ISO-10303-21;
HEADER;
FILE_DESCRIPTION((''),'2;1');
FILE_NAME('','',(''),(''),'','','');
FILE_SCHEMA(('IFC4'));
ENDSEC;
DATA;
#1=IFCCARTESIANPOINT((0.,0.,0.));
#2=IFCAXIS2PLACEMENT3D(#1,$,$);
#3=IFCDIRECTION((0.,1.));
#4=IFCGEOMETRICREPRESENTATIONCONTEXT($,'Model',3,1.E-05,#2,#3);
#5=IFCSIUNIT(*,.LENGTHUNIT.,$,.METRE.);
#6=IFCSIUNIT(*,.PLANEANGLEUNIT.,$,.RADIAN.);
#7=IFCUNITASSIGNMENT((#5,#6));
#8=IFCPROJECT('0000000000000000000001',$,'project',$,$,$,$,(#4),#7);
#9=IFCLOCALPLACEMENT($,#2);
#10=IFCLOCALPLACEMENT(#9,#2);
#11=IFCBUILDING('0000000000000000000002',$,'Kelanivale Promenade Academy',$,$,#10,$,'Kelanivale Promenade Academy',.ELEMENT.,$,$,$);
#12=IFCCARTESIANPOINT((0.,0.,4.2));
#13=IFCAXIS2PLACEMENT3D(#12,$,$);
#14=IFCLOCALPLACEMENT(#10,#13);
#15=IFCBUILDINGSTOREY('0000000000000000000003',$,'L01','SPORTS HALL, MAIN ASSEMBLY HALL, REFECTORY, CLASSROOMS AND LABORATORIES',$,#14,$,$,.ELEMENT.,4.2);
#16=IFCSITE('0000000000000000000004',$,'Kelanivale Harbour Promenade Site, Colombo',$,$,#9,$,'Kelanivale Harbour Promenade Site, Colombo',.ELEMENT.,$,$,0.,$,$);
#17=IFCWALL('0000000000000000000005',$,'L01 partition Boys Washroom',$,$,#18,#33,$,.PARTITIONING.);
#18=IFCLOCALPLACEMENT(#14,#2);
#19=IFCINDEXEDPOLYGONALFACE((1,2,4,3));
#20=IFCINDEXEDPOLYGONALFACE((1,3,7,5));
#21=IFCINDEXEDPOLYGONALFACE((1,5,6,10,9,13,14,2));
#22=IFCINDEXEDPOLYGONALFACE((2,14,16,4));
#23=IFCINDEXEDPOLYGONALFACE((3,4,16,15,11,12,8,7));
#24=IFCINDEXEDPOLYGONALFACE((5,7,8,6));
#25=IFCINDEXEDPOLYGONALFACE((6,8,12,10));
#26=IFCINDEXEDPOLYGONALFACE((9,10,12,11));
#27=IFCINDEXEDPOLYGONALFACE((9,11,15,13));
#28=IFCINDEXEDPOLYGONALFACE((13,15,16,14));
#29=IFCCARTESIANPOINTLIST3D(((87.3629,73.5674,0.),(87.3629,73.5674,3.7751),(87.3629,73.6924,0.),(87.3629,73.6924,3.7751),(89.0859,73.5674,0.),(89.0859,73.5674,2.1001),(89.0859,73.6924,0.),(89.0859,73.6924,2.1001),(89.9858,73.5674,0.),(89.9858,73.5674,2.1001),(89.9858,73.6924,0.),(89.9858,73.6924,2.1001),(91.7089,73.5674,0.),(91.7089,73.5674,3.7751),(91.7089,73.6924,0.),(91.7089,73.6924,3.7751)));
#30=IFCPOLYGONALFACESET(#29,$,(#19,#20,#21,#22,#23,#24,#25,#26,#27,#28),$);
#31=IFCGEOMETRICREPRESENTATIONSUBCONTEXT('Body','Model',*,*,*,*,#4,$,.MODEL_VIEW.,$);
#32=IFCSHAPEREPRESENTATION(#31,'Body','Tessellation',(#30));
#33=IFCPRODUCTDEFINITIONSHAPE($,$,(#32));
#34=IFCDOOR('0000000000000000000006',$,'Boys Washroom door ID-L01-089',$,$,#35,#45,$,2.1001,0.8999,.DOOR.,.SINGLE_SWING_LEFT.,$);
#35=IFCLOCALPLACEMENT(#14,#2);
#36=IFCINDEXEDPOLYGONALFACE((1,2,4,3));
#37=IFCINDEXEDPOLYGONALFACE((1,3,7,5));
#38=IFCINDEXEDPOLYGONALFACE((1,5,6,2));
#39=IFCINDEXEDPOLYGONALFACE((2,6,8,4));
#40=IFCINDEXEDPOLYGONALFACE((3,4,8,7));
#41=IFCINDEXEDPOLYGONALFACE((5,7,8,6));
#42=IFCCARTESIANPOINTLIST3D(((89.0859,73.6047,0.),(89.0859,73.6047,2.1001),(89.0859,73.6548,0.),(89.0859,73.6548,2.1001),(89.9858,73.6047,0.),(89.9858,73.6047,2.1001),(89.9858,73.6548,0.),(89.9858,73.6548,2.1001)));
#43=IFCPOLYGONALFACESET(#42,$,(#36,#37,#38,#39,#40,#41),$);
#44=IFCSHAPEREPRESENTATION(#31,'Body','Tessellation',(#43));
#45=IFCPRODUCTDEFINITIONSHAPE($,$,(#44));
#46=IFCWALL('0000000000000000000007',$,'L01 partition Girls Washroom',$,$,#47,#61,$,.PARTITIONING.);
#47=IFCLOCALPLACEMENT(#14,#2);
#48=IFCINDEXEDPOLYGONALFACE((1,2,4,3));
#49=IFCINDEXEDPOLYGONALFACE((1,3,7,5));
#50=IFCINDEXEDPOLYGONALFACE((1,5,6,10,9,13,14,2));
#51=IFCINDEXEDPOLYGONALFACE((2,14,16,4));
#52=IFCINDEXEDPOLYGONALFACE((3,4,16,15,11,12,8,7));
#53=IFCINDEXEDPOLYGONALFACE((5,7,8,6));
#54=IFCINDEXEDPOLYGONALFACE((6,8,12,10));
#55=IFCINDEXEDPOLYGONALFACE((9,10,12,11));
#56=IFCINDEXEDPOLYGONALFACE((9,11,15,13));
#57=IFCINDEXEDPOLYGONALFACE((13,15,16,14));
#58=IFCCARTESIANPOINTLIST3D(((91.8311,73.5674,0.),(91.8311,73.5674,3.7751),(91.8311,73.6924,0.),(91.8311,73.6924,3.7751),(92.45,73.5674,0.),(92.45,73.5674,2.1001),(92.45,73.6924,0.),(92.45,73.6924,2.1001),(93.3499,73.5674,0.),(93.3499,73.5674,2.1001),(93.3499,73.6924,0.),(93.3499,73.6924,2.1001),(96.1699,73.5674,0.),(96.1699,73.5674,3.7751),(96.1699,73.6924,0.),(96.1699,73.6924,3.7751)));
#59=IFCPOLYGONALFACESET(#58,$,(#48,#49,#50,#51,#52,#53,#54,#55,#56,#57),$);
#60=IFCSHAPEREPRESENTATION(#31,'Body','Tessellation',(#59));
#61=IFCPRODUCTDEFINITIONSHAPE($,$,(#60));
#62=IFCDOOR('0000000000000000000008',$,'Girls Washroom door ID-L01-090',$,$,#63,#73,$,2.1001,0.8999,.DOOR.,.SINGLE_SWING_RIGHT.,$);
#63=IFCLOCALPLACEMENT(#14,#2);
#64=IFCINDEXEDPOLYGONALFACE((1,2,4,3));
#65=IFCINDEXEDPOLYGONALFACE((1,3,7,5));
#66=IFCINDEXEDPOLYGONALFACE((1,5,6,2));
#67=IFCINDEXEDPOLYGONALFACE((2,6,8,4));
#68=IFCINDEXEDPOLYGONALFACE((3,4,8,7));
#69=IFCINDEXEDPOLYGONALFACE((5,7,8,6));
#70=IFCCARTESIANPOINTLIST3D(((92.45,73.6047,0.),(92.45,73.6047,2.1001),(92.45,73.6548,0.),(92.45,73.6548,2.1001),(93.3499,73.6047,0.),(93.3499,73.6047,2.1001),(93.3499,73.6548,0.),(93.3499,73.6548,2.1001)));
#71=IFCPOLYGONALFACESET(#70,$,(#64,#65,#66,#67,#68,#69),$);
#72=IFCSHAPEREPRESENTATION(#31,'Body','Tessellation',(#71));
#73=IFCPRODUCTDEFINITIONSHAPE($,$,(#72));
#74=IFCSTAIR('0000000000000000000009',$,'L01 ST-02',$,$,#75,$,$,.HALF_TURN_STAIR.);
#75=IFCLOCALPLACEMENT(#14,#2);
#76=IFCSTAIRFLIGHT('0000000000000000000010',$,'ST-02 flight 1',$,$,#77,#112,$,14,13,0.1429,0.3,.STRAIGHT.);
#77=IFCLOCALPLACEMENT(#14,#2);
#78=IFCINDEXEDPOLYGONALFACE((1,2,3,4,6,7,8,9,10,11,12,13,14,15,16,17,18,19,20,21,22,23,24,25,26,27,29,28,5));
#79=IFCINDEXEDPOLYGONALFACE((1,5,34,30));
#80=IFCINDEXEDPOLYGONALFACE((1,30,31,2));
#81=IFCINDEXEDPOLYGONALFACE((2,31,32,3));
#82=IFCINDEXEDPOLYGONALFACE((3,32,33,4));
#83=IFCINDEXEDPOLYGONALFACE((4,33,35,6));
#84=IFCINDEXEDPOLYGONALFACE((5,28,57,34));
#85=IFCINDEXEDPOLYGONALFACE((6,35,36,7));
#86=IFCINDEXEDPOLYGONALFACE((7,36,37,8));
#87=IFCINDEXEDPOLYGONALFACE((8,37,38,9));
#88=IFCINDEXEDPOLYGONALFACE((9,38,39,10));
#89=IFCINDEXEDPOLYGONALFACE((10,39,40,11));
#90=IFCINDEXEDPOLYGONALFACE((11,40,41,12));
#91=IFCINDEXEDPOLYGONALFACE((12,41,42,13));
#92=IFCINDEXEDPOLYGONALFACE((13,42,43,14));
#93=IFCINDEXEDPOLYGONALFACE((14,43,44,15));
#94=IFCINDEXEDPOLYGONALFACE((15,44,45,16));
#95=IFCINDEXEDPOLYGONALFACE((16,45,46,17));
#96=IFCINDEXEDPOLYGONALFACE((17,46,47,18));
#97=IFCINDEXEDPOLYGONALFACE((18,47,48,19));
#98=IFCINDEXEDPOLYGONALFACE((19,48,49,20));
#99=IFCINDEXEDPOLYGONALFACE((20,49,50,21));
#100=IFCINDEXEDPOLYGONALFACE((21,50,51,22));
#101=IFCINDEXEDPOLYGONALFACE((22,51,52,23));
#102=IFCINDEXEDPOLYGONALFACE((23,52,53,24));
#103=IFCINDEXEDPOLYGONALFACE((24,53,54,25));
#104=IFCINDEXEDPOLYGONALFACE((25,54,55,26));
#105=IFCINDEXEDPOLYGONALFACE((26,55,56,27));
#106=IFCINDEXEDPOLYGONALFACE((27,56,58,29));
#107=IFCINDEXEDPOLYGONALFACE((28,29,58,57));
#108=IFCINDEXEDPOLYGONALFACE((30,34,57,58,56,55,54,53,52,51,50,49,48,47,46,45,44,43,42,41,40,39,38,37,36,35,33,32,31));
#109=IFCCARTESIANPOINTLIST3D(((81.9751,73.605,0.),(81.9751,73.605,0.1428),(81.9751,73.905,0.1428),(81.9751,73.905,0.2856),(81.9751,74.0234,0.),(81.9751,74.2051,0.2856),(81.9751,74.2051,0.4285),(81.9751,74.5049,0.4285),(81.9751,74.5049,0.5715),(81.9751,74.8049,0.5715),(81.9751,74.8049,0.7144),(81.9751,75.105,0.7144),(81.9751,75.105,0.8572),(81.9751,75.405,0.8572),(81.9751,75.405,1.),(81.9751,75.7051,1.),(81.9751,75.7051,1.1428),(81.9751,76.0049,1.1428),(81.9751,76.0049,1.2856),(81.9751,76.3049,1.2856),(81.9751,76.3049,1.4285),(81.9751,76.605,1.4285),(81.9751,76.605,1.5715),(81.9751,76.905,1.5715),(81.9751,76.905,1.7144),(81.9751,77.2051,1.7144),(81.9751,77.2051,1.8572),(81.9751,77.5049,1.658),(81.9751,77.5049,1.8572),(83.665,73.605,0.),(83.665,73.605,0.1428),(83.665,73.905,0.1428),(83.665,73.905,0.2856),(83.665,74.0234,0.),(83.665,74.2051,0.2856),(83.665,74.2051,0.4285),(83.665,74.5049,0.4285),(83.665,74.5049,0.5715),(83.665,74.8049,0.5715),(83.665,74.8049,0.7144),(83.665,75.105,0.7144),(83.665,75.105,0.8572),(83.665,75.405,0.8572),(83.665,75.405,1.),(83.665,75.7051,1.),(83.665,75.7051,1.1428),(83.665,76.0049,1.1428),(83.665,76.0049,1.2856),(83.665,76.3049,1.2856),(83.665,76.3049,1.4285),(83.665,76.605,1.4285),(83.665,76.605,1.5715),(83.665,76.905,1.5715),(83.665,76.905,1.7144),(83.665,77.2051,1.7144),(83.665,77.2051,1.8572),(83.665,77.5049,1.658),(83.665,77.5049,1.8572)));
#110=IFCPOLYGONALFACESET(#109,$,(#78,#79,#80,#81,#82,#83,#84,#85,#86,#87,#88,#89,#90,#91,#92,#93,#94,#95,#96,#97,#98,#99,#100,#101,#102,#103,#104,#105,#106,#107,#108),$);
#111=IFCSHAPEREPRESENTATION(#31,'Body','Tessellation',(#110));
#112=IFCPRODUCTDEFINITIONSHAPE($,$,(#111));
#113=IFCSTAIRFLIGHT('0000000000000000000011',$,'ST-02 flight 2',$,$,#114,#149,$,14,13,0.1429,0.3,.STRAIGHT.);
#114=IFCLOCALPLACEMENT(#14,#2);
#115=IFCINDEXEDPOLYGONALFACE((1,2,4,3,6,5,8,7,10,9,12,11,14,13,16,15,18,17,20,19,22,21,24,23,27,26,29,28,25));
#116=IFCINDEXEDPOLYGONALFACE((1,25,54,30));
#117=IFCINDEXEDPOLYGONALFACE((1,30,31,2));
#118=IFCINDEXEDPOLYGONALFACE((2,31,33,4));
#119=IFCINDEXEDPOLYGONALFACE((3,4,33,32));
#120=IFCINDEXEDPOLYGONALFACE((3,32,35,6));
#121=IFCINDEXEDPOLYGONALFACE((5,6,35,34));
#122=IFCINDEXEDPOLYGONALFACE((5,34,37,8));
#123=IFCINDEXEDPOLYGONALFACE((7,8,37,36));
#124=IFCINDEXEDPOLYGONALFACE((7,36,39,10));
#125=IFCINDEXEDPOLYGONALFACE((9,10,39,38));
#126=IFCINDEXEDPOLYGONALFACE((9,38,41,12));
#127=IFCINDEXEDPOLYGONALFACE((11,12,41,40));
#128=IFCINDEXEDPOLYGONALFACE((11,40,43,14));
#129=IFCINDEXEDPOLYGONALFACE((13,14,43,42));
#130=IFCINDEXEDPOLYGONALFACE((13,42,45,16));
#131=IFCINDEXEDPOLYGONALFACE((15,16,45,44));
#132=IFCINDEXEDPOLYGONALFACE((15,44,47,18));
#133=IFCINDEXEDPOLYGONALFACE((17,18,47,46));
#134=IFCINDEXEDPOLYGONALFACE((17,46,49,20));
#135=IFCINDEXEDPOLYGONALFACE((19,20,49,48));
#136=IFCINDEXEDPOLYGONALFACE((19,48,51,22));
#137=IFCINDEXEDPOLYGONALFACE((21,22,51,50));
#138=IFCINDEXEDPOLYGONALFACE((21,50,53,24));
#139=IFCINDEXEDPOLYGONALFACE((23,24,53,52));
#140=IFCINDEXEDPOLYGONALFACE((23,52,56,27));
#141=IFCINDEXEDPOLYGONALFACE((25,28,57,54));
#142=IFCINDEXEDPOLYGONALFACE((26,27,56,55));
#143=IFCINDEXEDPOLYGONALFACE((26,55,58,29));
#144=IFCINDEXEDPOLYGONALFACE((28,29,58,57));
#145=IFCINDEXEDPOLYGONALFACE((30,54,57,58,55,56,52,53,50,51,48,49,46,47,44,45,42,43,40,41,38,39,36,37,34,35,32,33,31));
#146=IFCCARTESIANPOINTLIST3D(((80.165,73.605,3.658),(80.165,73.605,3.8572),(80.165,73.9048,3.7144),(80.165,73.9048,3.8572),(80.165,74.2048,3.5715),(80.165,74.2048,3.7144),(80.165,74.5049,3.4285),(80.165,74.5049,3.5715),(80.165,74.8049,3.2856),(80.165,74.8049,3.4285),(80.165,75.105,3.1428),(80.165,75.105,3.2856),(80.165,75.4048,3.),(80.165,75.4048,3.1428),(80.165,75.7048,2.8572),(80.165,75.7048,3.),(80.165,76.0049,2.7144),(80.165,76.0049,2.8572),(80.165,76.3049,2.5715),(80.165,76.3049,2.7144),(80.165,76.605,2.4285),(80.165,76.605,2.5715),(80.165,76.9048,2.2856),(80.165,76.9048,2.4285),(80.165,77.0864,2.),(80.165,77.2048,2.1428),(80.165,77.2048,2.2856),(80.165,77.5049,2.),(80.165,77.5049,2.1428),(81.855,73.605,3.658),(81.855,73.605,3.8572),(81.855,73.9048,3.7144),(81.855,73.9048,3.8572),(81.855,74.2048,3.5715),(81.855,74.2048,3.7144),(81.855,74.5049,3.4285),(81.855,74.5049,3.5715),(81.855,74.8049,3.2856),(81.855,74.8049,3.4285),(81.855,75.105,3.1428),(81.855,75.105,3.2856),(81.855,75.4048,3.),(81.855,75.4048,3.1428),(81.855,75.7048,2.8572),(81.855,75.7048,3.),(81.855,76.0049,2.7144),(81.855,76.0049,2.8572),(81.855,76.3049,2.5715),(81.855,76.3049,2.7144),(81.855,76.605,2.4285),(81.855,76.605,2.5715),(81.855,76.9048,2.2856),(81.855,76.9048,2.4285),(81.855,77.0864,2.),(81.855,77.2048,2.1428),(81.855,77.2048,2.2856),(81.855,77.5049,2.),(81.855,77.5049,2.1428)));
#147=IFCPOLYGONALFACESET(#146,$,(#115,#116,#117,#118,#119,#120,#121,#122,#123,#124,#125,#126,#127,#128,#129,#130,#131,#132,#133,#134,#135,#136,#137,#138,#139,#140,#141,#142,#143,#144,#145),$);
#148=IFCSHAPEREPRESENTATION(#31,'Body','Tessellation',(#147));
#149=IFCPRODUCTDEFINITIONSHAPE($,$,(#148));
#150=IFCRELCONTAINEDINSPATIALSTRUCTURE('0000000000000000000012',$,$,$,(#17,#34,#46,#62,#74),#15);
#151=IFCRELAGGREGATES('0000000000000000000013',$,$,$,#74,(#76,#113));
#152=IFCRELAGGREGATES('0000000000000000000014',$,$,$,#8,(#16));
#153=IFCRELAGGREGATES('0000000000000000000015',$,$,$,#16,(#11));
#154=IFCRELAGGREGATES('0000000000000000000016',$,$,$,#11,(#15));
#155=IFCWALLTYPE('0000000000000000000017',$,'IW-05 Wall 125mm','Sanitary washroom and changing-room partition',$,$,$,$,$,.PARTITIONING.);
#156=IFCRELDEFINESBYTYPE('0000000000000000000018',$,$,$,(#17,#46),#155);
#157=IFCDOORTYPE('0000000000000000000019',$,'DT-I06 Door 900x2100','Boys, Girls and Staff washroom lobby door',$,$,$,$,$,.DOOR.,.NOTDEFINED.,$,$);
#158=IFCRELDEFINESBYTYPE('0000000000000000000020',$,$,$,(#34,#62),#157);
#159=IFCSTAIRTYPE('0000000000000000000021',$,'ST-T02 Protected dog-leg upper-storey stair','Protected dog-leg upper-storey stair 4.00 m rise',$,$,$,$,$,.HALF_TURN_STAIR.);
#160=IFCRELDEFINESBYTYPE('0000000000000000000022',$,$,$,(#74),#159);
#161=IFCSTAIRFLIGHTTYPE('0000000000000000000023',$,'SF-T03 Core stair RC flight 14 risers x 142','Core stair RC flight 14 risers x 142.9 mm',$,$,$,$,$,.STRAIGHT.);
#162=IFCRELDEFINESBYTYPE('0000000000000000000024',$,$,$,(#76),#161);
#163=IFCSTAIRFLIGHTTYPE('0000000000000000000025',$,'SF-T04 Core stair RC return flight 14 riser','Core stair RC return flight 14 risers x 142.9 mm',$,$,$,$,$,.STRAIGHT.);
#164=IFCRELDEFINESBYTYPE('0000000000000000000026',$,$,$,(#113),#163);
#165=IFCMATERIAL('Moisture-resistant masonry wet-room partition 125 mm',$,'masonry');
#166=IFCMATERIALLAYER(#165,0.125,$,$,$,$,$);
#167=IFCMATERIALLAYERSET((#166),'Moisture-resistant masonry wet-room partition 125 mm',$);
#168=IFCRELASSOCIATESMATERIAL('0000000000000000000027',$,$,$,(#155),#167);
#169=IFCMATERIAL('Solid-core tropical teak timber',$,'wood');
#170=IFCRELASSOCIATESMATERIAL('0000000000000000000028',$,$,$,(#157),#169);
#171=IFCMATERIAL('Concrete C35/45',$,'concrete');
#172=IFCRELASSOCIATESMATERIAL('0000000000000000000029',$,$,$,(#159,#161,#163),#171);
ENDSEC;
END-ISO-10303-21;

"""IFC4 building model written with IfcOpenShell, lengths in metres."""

from ifc_helpers import new_model, si_unit, direction, frame, frame_2d, origin, place, context, subcontext, project, spatial, polyline, rectangle, outline, extrude, material, layer, layer_set, type_object, element, fill, aggregate, save


model = new_model("IFC4")

# Units and contexts
model_context = context("Model", 3, precision=1e-05, world=origin(), true_north=direction((0.0, 1.0)))
body_context = subcontext(model_context, "Body", "Model", "MODEL_VIEW")
ifc_project = project(units=[si_unit("LENGTHUNIT", "METRE"), si_unit("PLANEANGLEUNIT", "RADIAN")], contexts=[model_context])

# Site, building, storey
site_placement = place(None, origin())
site = spatial("IfcSite", under=ifc_project, at=site_placement, Name="Kelanivale Harbour Promenade Site, Colombo", LongName="Kelanivale Harbour Promenade Site, Colombo", CompositionType="ELEMENT", RefElevation=0.0)
building_placement = place(site_placement, origin())
building = spatial("IfcBuilding", under=site, at=building_placement, Name="Kelanivale Promenade Academy", LongName="Kelanivale Promenade Academy", CompositionType="ELEMENT")
storey_placement = place(building_placement, frame((0.0, 0.0, 4.2)))
storey = spatial("IfcBuildingStorey", under=building, at=storey_placement, Name="L01", Description="SPORTS HALL, MAIN ASSEMBLY HALL, REFECTORY, CLASSROOMS AND LABORATORIES", CompositionType="ELEMENT", Elevation=4.2)

# Shared definitions
ifc_material_1 = material(Name="Concrete C35/45", Category="concrete")

# Shared definitions
ifc_material_2 = material(Name="Moisture-resistant masonry wet-room partition 125 mm", Category="masonry")
ifc_layer_1 = layer(ifc_material_2, 0.125)
ifc_layer_set_1 = layer_set([ifc_layer_1], Name="Moisture-resistant masonry wet-room partition 125 mm")
wall_type_1 = type_object("IfcWallType", Name="IW-05 Wall 125mm", Description="Sanitary washroom and changing-room partition", PredefinedType="PARTITIONING", material=ifc_layer_set_1)

# Walls, openings, doors
wall_1_placement = place(storey_placement, frame((87.363, 73.6299, 0.0), z_axis=(0.0, 0.0, 1.0), x_axis=(1.0, 0.0, 0.0)))
wall_1 = element("IfcWall", 1, at=wall_1_placement, inside=storey, type_object=wall_type_1, Name="L01 partition Boys Washroom", PredefinedType="PARTITIONING", context=body_context, shape_type="SweptSolid", body=[
    extrude(rectangle(XDim=4.3459, YDim=0.125, at=frame_2d((2.1729, 0.0))), origin(), (0.0, 0.0, 1.0), 3.7751),
])
opening_1_placement = place(wall_1_placement, frame((1.7229, 0.0, 0.0)))
opening_1 = element("IfcOpeningElement", 2, at=opening_1_placement, cuts=wall_1, PredefinedType="OPENING", context=body_context, shape_type="SweptSolid", body=[
    extrude(rectangle(XDim=0.8999, YDim=2.1001, at=frame_2d((0.45, 1.05))), frame((0.0, 0.0725, 0.0), z_axis=(0.0, -1.0, 0.0), x_axis=(1.0, 0.0, 0.0)), (0.0, 0.0, 1.0), 0.145),
])
ifc_material_3 = material(Name="Solid-core tropical teak timber", Category="wood")
door_type_1 = type_object("IfcDoorType", Name="DT-I06 Door 900x2100", Description="Boys, Girls and Staff washroom lobby door", OperationType="NOTDEFINED", PredefinedType="DOOR", material=ifc_material_3)
door_1_placement = place(opening_1_placement, origin())
door_1 = element("IfcDoor", 3, at=door_1_placement, inside=storey, type_object=door_type_1, Name="Boys Washroom door ID-L01-089", OperationType="SINGLE_SWING_LEFT", OverallHeight=2.1001, OverallWidth=0.8999, PredefinedType="DOOR", context=body_context, shape_type="SweptSolid", body=[
    extrude(rectangle(XDim=0.8999, YDim=2.1001, at=frame_2d((0.45, 1.05))), frame((0.0, 0.0249, 0.0), z_axis=(0.0, -1.0, 0.0), x_axis=(1.0, 0.0, 0.0)), (0.0, 0.0, 1.0), 0.05),
])
fill(opening_1, door_1)
wall_2_placement = place(storey_placement, frame((91.8311, 73.6299, 0.0), z_axis=(0.0, 0.0, 1.0), x_axis=(1.0, 0.0, 0.0)))
wall_2 = element("IfcWall", 4, at=wall_2_placement, inside=storey, type_object=wall_type_1, Name="L01 partition Girls Washroom", PredefinedType="PARTITIONING", context=body_context, shape_type="SweptSolid", body=[
    extrude(rectangle(XDim=4.3389, YDim=0.125, at=frame_2d((2.1694, 0.0))), origin(), (0.0, 0.0, 1.0), 3.7751),
])
opening_2_placement = place(wall_2_placement, frame((0.6189, 0.0, 0.0)))
opening_2 = element("IfcOpeningElement", 5, at=opening_2_placement, cuts=wall_2, PredefinedType="OPENING", context=body_context, shape_type="SweptSolid", body=[
    extrude(rectangle(XDim=0.8999, YDim=2.1001, at=frame_2d((0.45, 1.05))), frame((0.0, 0.0725, 0.0), z_axis=(0.0, -1.0, 0.0), x_axis=(1.0, 0.0, 0.0)), (0.0, 0.0, 1.0), 0.145),
])
door_2_placement = place(opening_2_placement, origin())
door_2 = element("IfcDoor", 6, at=door_2_placement, inside=storey, type_object=door_type_1, Name="Girls Washroom door ID-L01-090", OperationType="SINGLE_SWING_RIGHT", OverallHeight=2.1001, OverallWidth=0.8999, PredefinedType="DOOR", context=body_context, shape_type="SweptSolid", body=[
    extrude(rectangle(XDim=0.8999, YDim=2.1001, at=frame_2d((0.45, 1.05))), frame((0.0, 0.0249, 0.0), z_axis=(0.0, -1.0, 0.0), x_axis=(1.0, 0.0, 0.0)), (0.0, 0.0, 1.0), 0.05),
])
fill(opening_2, door_2)

# Stair, stair flights
stair_type = type_object("IfcStairType", Name="ST-T02 Protected dog-leg upper-storey stair", Description="Protected dog-leg upper-storey stair 4.00 m rise", PredefinedType="HALF_TURN_STAIR", material=ifc_material_1)
stair_placement = place(storey_placement, origin())
stair = element("IfcStair", 7, at=stair_placement, inside=storey, type_object=stair_type, Name="L01 ST-02", PredefinedType="HALF_TURN_STAIR")
stair_flight_type_1 = type_object("IfcStairFlightType", Name="SF-T03 Core stair RC flight 14 risers x 142", Description="Core stair RC flight 14 risers x 142.9 mm", PredefinedType="STRAIGHT", material=ifc_material_1)
stair_flight_1_placement = place(storey_placement, frame((82.8201, 73.605, 0.0), z_axis=(0.0, 0.0, 1.0), x_axis=(0.0, 1.0, 0.0)))
stair_flight_1 = element("IfcStairFlight", 8, at=stair_flight_1_placement, type_object=stair_flight_type_1, Name="ST-02 flight 1", NumberOfRisers=14, NumberOfTreads=13, PredefinedType="STRAIGHT", RiserHeight=0.1429, TreadLength=0.3, context=body_context, shape_type="SweptSolid", body=[
    extrude(outline(polyline([(0.0, 0.0), (0.0, 0.1428), (0.3, 0.1428), (0.3, 0.2856), (0.6001, 0.2856), (0.6001, 0.4285), (0.8999, 0.4285), (0.8999, 0.5715), (1.2, 0.5715), (1.2, 0.7144), (1.5, 0.7144), (1.5, 0.8572), (1.8, 0.8572), (1.8, 1.0), (2.1001, 1.0), (2.1001, 1.1428), (2.3999, 1.1428), (2.3999, 1.2856), (2.7, 1.2856), (2.7, 1.4285), (3.0, 1.4285), (3.0, 1.5715), (3.3, 1.5715), (3.3, 1.7144), (3.6001, 1.7144), (3.6001, 1.8572), (3.8999, 1.8572), (3.8999, 2.0), (3.8999, 1.658), (0.4185, 0.0), (0.0, 0.0)])), frame((0.0, 0.845, 0.0), z_axis=(0.0, -1.0, 0.0), x_axis=(1.0, 0.0, 0.0)), (0.0, 0.0, 1.0), 1.6899),
])
stair_flight_type_2 = type_object("IfcStairFlightType", Name="SF-T04 Core stair RC return flight 14 riser", Description="Core stair RC return flight 14 risers x 142.9 mm", PredefinedType="STRAIGHT", material=ifc_material_1)
stair_flight_2_placement = place(storey_placement, frame((81.01, 77.5049, 2.0), z_axis=(0.0, 0.0, 1.0), x_axis=(0.0, -1.0, 0.0)))
stair_flight_2 = element("IfcStairFlight", 9, at=stair_flight_2_placement, type_object=stair_flight_type_2, Name="ST-02 flight 2", NumberOfRisers=14, NumberOfTreads=13, PredefinedType="STRAIGHT", RiserHeight=0.1429, TreadLength=0.3, context=body_context, shape_type="SweptSolid", body=[
    extrude(outline(polyline([(0.0, 0.0), (0.0, 0.1428), (0.3, 0.1428), (0.3, 0.2856), (0.6001, 0.2856), (0.6001, 0.4285), (0.8999, 0.4285), (0.8999, 0.5715), (1.2, 0.5715), (1.2, 0.7144), (1.5, 0.7144), (1.5, 0.8572), (1.8, 0.8572), (1.8, 1.0), (2.1001, 1.0), (2.1001, 1.1428), (2.3999, 1.1428), (2.3999, 1.2856), (2.7, 1.2856), (2.7, 1.4285), (3.0, 1.4285), (3.0, 1.5715), (3.3, 1.5715), (3.3, 1.7144), (3.6001, 1.7144), (3.6001, 1.8572), (3.8999, 1.8572), (3.8999, 2.0), (3.8999, 1.658), (0.4185, 0.0), (0.0, 0.0)])), frame((0.0, 0.845, 0.0), z_axis=(0.0, -1.0, 0.0), x_axis=(1.0, 0.0, 0.0)), (0.0, 0.0, 1.0), 1.6899),
])
aggregate(stair, [stair_flight_1, stair_flight_2])

save(model, "model.ifc")
